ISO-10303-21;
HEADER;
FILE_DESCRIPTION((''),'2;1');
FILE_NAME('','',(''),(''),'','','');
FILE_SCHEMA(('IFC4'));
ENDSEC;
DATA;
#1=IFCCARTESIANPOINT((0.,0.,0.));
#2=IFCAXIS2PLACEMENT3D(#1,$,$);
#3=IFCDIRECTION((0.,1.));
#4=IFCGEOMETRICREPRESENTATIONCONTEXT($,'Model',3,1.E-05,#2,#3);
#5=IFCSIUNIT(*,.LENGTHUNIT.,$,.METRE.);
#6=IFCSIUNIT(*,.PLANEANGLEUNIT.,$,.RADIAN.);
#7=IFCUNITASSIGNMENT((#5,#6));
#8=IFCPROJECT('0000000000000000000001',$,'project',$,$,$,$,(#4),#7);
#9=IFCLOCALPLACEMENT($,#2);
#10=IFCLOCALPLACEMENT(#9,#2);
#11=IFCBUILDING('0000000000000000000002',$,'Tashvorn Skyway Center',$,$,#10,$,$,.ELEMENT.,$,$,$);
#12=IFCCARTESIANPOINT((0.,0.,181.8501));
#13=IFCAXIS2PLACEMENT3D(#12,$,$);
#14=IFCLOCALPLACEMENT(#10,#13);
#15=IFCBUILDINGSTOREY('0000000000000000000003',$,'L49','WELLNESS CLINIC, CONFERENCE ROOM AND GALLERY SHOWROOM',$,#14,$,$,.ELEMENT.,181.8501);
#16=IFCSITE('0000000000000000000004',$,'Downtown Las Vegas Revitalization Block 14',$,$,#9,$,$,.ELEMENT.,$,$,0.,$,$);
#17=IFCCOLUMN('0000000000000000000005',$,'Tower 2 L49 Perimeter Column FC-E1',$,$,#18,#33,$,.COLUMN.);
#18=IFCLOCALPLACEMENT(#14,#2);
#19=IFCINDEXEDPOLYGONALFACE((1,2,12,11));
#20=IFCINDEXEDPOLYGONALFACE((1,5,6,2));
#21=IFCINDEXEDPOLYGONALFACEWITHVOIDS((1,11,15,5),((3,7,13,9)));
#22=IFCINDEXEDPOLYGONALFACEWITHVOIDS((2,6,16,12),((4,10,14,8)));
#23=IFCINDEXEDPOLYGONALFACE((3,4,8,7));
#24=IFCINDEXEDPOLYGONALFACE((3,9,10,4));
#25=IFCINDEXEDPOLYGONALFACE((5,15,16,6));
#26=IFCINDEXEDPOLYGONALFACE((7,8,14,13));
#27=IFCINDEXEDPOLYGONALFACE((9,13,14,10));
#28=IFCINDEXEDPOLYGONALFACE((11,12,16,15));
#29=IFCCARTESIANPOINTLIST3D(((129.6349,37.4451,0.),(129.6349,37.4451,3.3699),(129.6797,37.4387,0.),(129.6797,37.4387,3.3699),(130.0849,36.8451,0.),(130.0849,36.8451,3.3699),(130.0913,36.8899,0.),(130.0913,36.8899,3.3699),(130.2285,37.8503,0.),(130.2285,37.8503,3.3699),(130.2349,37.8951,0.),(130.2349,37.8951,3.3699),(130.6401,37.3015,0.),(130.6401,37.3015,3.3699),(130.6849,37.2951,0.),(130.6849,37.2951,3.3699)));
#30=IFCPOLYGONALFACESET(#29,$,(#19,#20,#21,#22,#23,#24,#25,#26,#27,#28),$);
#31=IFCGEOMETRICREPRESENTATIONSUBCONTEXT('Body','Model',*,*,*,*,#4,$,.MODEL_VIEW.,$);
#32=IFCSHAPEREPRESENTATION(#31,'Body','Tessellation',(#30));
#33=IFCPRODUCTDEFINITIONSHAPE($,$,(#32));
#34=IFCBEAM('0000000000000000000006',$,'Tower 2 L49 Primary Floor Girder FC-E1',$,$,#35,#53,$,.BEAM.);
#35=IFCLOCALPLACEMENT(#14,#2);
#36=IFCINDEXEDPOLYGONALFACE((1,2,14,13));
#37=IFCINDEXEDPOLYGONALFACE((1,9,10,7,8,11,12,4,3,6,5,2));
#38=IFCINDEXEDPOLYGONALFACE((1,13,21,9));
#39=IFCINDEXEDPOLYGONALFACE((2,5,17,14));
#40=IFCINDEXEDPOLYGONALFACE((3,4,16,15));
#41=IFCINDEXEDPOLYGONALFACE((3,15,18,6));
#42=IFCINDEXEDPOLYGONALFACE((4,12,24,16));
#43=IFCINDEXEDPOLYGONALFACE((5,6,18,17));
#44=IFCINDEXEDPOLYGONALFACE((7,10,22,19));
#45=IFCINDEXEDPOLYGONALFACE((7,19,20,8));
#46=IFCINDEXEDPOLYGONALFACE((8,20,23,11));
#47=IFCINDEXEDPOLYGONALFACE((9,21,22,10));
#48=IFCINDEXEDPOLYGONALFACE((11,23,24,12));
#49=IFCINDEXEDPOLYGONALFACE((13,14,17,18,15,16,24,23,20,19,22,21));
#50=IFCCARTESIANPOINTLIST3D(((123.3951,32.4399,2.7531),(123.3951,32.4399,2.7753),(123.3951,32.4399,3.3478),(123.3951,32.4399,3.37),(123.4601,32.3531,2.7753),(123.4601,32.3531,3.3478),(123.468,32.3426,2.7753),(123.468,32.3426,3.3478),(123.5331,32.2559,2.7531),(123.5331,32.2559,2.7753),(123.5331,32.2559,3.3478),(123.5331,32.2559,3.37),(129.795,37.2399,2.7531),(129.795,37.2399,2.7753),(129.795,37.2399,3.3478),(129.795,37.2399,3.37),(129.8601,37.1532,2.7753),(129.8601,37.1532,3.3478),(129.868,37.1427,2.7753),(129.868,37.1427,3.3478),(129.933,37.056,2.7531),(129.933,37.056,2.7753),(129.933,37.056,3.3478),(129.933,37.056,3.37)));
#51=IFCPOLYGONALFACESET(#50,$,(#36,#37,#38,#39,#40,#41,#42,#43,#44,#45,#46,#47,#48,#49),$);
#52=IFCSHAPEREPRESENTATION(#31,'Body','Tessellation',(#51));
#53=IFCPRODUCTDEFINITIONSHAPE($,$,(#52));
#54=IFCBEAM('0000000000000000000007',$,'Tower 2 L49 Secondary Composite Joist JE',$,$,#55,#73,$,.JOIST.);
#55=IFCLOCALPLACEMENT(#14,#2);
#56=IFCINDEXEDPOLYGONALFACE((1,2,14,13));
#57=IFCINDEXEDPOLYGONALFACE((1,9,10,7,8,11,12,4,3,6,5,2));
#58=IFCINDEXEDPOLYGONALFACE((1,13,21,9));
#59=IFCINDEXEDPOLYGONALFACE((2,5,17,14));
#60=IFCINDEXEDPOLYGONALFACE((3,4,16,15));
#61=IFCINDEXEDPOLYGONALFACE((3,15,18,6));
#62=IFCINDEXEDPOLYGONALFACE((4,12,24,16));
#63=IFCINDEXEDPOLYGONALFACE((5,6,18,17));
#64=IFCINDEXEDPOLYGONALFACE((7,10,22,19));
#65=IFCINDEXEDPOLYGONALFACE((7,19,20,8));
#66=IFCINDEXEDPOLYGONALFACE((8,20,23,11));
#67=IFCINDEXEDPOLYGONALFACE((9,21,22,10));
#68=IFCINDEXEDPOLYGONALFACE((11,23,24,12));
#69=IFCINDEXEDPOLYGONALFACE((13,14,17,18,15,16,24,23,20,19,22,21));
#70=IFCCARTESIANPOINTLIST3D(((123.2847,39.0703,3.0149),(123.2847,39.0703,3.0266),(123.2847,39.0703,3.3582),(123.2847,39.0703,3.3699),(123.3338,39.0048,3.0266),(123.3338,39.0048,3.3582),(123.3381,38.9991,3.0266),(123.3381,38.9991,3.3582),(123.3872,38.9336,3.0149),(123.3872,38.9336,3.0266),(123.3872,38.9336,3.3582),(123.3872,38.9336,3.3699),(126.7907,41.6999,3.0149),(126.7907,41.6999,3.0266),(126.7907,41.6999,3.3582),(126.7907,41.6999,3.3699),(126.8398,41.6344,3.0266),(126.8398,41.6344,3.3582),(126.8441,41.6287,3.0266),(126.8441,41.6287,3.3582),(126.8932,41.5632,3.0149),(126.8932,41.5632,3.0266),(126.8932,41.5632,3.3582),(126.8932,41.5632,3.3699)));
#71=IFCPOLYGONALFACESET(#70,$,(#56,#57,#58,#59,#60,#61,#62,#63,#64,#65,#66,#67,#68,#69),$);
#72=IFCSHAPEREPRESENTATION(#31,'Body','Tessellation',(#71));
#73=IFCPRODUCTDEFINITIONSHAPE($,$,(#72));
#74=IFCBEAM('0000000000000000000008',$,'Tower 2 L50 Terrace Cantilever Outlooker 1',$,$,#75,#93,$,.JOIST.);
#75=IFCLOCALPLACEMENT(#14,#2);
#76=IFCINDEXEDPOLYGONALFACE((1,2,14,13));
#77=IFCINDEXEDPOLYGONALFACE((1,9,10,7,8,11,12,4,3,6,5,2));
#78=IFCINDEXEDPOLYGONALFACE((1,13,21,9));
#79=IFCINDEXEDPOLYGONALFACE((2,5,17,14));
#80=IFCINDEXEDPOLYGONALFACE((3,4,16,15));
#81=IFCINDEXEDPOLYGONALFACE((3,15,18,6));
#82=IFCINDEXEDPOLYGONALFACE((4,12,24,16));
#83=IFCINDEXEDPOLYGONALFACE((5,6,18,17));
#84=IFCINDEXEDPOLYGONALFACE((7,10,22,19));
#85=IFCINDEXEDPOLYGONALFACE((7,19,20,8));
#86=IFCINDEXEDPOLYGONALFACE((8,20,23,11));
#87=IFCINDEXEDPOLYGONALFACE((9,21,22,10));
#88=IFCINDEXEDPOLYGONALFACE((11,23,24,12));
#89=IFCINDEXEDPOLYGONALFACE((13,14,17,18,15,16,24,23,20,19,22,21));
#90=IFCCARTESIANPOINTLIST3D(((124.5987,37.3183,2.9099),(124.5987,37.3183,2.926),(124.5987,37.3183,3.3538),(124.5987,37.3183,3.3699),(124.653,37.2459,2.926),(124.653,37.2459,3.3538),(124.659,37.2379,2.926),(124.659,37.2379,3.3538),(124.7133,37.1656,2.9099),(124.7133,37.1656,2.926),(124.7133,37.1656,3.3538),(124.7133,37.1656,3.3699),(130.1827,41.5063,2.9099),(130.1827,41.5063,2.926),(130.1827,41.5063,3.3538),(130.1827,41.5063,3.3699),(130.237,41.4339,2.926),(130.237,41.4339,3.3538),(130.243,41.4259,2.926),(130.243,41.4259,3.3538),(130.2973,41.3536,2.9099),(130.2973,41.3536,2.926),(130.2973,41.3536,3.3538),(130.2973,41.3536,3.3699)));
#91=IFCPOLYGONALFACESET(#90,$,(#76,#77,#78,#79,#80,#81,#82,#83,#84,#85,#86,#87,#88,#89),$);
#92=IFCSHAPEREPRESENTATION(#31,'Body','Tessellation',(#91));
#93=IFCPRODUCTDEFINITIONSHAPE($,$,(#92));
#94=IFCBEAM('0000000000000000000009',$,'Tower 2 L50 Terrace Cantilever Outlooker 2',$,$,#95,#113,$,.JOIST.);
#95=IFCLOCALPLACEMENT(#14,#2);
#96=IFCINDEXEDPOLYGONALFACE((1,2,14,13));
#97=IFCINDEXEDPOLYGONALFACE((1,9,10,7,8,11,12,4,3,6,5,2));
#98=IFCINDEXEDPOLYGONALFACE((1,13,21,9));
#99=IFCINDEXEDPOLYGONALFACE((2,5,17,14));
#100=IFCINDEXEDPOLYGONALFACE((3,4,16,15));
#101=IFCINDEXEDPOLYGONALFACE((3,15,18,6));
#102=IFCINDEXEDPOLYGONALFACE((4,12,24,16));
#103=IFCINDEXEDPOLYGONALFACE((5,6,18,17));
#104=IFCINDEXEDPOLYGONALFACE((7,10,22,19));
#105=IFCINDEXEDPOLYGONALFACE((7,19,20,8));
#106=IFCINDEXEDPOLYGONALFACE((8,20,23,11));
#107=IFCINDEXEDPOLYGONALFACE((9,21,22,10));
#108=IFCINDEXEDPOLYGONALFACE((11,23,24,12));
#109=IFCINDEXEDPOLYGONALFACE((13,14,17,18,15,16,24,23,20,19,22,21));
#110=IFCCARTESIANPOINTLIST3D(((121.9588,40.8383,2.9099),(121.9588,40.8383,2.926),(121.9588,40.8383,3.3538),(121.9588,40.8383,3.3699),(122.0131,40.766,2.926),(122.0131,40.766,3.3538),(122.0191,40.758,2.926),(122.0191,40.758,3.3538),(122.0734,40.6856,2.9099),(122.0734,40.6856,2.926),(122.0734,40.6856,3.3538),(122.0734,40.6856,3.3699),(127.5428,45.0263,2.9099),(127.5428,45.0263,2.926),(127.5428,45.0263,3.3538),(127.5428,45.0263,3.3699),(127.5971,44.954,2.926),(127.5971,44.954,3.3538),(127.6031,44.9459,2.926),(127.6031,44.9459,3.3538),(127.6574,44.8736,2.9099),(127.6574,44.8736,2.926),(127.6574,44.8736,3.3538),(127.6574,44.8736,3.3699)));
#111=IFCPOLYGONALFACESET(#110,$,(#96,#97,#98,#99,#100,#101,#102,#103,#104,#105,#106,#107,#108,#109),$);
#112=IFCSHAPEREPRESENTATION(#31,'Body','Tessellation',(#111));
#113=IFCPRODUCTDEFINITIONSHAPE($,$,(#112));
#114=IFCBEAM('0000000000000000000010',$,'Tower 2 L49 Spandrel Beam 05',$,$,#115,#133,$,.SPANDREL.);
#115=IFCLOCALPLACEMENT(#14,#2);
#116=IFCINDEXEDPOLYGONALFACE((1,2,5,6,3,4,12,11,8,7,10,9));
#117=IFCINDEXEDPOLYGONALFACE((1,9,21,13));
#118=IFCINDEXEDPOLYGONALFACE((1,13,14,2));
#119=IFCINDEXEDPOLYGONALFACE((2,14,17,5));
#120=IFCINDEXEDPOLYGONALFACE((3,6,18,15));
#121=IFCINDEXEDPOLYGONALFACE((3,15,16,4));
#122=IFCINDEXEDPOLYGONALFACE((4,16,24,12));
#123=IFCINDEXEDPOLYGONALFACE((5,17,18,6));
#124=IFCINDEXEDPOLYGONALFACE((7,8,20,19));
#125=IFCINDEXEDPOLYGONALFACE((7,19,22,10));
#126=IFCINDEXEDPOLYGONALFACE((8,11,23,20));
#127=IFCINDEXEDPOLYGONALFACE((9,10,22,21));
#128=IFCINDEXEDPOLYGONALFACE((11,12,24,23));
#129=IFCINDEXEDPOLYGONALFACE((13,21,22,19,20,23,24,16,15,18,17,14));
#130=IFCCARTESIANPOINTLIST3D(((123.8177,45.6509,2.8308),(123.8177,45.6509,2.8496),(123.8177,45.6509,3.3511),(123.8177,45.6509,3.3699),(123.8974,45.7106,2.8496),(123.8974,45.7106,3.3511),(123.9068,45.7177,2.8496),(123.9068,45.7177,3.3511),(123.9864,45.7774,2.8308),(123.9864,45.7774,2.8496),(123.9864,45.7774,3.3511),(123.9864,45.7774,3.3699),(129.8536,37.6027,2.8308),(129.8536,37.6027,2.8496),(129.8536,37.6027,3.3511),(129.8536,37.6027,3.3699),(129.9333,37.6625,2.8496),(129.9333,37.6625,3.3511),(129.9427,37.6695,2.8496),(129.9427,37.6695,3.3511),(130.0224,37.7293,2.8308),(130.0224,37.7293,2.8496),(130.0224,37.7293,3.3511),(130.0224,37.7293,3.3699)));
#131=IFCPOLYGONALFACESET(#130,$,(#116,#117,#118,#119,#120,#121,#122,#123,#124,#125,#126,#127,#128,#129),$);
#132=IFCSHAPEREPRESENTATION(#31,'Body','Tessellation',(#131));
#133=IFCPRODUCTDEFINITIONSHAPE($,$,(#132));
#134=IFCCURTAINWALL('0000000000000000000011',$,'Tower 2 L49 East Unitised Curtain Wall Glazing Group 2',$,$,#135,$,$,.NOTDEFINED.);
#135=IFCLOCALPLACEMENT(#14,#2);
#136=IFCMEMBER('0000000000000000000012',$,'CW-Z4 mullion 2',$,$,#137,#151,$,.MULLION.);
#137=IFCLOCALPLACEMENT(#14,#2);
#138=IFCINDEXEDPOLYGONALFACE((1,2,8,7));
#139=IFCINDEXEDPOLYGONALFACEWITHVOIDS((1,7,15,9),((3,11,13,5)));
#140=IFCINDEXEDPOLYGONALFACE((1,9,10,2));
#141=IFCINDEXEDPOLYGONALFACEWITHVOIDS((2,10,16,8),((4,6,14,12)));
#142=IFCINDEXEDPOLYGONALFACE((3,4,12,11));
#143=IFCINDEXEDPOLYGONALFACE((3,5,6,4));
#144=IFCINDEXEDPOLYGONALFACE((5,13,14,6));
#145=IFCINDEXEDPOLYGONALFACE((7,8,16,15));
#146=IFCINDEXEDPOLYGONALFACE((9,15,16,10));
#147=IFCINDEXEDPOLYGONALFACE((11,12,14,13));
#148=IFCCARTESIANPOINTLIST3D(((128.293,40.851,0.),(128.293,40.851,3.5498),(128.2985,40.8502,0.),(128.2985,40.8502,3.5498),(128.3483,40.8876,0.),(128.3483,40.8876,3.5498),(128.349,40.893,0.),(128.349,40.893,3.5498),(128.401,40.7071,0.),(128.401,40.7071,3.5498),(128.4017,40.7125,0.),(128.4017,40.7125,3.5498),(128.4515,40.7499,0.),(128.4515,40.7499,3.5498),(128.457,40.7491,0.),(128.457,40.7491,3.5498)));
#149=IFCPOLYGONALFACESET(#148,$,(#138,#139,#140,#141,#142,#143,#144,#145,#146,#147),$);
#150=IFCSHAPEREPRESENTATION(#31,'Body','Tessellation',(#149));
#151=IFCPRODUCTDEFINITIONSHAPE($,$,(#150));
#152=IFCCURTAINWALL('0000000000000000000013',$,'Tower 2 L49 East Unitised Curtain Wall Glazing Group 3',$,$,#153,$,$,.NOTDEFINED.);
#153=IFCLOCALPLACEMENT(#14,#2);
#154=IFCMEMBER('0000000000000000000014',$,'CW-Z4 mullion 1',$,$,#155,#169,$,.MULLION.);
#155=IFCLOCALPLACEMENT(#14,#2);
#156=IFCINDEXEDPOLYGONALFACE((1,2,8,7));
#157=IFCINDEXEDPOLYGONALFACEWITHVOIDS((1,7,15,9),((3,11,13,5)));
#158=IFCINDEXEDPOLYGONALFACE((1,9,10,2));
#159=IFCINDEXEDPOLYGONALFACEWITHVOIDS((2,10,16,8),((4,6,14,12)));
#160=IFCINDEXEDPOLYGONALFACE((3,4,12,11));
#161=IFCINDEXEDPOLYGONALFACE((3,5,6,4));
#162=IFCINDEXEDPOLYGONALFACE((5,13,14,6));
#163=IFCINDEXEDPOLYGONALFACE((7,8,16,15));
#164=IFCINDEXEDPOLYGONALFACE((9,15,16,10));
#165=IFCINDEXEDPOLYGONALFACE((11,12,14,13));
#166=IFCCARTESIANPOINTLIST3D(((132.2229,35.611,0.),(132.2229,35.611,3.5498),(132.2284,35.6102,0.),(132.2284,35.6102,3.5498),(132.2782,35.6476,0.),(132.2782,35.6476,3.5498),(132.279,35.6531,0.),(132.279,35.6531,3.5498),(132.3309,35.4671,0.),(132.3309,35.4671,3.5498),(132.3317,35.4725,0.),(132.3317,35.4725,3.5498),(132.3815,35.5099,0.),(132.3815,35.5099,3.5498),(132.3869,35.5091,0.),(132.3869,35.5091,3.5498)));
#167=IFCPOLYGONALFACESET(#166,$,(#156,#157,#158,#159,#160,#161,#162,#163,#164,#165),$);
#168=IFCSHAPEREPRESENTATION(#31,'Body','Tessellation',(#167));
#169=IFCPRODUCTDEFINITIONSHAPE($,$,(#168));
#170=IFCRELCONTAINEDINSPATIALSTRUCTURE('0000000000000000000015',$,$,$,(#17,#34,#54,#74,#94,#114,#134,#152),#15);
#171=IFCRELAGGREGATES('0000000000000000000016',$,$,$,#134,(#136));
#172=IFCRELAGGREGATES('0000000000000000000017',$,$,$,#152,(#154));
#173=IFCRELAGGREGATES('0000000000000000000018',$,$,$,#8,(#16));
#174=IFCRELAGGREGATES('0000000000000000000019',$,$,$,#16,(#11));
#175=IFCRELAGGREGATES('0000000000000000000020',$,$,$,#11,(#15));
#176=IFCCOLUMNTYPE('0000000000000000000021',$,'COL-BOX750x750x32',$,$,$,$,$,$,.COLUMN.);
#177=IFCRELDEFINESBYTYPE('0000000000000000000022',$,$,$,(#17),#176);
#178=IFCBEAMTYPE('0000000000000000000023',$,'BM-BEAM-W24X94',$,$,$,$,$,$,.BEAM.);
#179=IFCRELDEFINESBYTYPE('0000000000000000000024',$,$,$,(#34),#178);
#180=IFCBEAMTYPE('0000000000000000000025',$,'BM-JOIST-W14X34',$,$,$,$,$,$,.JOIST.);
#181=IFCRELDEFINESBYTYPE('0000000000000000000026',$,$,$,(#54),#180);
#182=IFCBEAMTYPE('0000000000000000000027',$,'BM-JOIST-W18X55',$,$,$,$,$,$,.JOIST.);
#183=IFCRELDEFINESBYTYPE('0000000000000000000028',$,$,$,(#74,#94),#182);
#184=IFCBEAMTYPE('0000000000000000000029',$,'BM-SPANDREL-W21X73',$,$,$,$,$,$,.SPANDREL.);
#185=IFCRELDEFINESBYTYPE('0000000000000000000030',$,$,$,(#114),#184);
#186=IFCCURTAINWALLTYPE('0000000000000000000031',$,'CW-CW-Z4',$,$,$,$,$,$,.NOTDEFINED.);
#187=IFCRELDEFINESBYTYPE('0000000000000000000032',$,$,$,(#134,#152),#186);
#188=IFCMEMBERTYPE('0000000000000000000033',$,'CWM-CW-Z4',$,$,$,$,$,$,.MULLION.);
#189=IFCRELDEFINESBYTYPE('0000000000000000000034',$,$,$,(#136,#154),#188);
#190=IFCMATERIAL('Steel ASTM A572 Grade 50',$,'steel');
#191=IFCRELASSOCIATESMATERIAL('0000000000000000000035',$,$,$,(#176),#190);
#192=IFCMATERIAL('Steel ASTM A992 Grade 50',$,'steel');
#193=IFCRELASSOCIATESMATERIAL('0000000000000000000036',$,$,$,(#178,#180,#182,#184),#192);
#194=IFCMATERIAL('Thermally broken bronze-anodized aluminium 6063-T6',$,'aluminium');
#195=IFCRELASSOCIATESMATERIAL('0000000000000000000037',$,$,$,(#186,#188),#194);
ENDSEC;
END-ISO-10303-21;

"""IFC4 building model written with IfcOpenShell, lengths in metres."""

from ifc_helpers import new_model, si_unit, direction, frame, origin, origin_2d, place, context, subcontext, project, spatial, hollow_rectangle, i_section, extrude, material, material_profile, profile_set, type_object, element, aggregate, save


model = new_model("IFC4")

# Units and contexts
model_context = context("Model", 3, precision=1e-05, world=origin(), true_north=direction((0.0, 1.0)))
body_context = subcontext(model_context, "Body", "Model", "MODEL_VIEW")
ifc_project = project(units=[si_unit("LENGTHUNIT", "METRE"), si_unit("PLANEANGLEUNIT", "RADIAN")], contexts=[model_context])

# Site, building, storey
site_placement = place(None, origin())
site = spatial("IfcSite", under=ifc_project, at=site_placement, Name="Downtown Las Vegas Revitalization Block 14", CompositionType="ELEMENT", RefElevation=0.0)
building_placement = place(site_placement, origin())
building = spatial("IfcBuilding", under=site, at=building_placement, Name="Tashvorn Skyway Center", CompositionType="ELEMENT")
storey_placement = place(building_placement, frame((0.0, 0.0, 181.8501)))
storey = spatial("IfcBuildingStorey", under=building, at=storey_placement, Name="L49", Description="WELLNESS CLINIC, CONFERENCE ROOM AND GALLERY SHOWROOM", CompositionType="ELEMENT", Elevation=181.8501)

# Column
ifc_material_1 = material(Name="Steel ASTM A572 Grade 50", Category="steel")
ifc_material_profile_1 = material_profile(ifc_material_1, hollow_rectangle(XDim=0.75, YDim=0.75, WallThickness=0.032, at=origin_2d()), Name="BOX750x750x32")
ifc_profile_set_1 = profile_set([ifc_material_profile_1], Name="Steel ASTM A572 Grade 50")
column_type = type_object("IfcColumnType", Name="COL-BOX750x750x32", PredefinedType="COLUMN", material=ifc_profile_set_1)
column_placement = place(storey_placement, frame((130.1599, 37.3701, 0.0), z_axis=(0.0, 0.0, 1.0), x_axis=(0.8, 0.6, 0.0)))
element("IfcColumn", 1, at=column_placement, inside=storey, type_object=column_type, Name="Tower 2 L49 Perimeter Column FC-E1", PredefinedType="COLUMN", context=body_context, shape_type="SweptSolid", body=[
    extrude(hollow_rectangle(XDim=0.75, YDim=0.75, WallThickness=0.032, at=origin_2d()), origin(), (0.0, 0.0, 1.0), 3.3699),
])

# Beams
ifc_material_2 = material(Name="Steel ASTM A992 Grade 50", Category="steel")
ifc_material_profile_2 = material_profile(ifc_material_2, i_section(OverallWidth=0.23, OverallDepth=0.6169, WebThickness=0.0132, FlangeThickness=0.0222, at=origin_2d()), Name="W24X94")
ifc_profile_set_2 = profile_set([ifc_material_profile_2], Name="Steel ASTM A992 Grade 50")
beam_type_1 = type_object("IfcBeamType", Name="BM-BEAM-W24X94", PredefinedType="BEAM", material=ifc_profile_set_2)
beam_1_placement = place(storey_placement, frame((129.864, 37.1479, 3.0615), z_axis=(-0.799993, -0.60001, 0.0), x_axis=(0.60001, -0.799993, 0.0)))
element("IfcBeam", 2, at=beam_1_placement, inside=storey, type_object=beam_type_1, Name="Tower 2 L49 Primary Floor Girder FC-E1", PredefinedType="BEAM", context=body_context, shape_type="SweptSolid", body=[
    extrude(i_section(OverallWidth=0.23, OverallDepth=0.6169, WebThickness=0.0132, FlangeThickness=0.0222, at=origin_2d()), origin(), (0.0, 0.0, 1.0), 8.0),
])
ifc_material_profile_3 = material_profile(ifc_material_2, i_section(OverallWidth=0.1709, OverallDepth=0.355, WebThickness=0.0071, FlangeThickness=0.0117, at=origin_2d()), Name="W14X34")
ifc_profile_set_3 = profile_set([ifc_material_profile_3], Name="Steel ASTM A992 Grade 50")
beam_type_2 = type_object("IfcBeamType", Name="BM-JOIST-W14X34", PredefinedType="JOIST", material=ifc_profile_set_3)
beam_2_placement = place(storey_placement, frame((123.3359, 39.002, 3.1924), z_axis=(0.799993, 0.600009, 0.0), x_axis=(-0.600009, 0.799993, 0.0)))
element("IfcBeam", 3, at=beam_2_placement, inside=storey, type_object=beam_type_2, Name="Tower 2 L49 Secondary Composite Joist JE", PredefinedType="JOIST", context=body_context, shape_type="SweptSolid", body=[
    extrude(i_section(OverallWidth=0.1709, OverallDepth=0.355, WebThickness=0.0071, FlangeThickness=0.0117, at=origin_2d()), origin(), (0.0, 0.0, 1.0), 4.3826),
])
ifc_material_profile_4 = material_profile(ifc_material_2, i_section(OverallWidth=0.1909, OverallDepth=0.46, WebThickness=0.01, FlangeThickness=0.0161, at=origin_2d()), Name="W18X55")
ifc_profile_set_4 = profile_set([ifc_material_profile_4], Name="Steel ASTM A992 Grade 50")
beam_type_3 = type_object("IfcBeamType", Name="BM-JOIST-W18X55", PredefinedType="JOIST", material=ifc_profile_set_4)
for number, where, z_axis, x_axis, name in (
    (4, (124.656, 37.2419, 3.1399), (0.8, 0.6, 0.0), (-0.6, 0.8, 0.0), "Tower 2 L50 Terrace Cantilever Outlooker 1"),
    (5, (122.0161, 40.762, 3.1399), (0.8, 0.6, 0.0), (-0.6, 0.8, 0.0), "Tower 2 L50 Terrace Cantilever Outlooker 2"),
):
    element("IfcBeam", number, at=place(storey_placement, frame(where, z_axis=z_axis, x_axis=x_axis)), inside=storey, type_object=beam_type_3, Name=name, PredefinedType="JOIST", context=body_context, shape_type="SweptSolid", body=[
        extrude(i_section(OverallWidth=0.1909, OverallDepth=0.46, WebThickness=0.01, FlangeThickness=0.0161, at=origin_2d()), origin(), (0.0, 0.0, 1.0), 6.98),
    ])
ifc_material_profile_5 = material_profile(ifc_material_2, i_section(OverallWidth=0.2109, OverallDepth=0.5391, WebThickness=0.0117, FlangeThickness=0.0188, at=origin_2d()), Name="W21X73")
ifc_profile_set_5 = profile_set([ifc_material_profile_5], Name="Steel ASTM A992 Grade 50")
beam_type_4 = type_object("IfcBeamType", Name="BM-SPANDREL-W21X73", PredefinedType="SPANDREL", material=ifc_profile_set_5)
beam_3_placement = place(storey_placement, frame((129.938, 37.666, 3.1003), z_axis=(-0.599988, 0.800009, 0.0), x_axis=(-0.800009, -0.599988, 0.0)))
element("IfcBeam", 6, at=beam_3_placement, inside=storey, type_object=beam_type_4, Name="Tower 2 L49 Spandrel Beam 05", PredefinedType="SPANDREL", context=body_context, shape_type="SweptSolid", body=[
    extrude(i_section(OverallWidth=0.2109, OverallDepth=0.5391, WebThickness=0.0117, FlangeThickness=0.0188, at=origin_2d()), origin(), (0.0, 0.0, 1.0), 10.0601),
])

# Curtain wall, member
ifc_material_3 = material(Name="Thermally broken bronze-anodized aluminium 6063-T6", Category="aluminium")
curtain_wall_type = type_object("IfcCurtainWallType", Name="CW-CW-Z4", PredefinedType="NOTDEFINED", material=ifc_material_3)
curtain_wall_1_placement = place(storey_placement, origin())
curtain_wall_1 = element("IfcCurtainWall", 7, at=curtain_wall_1_placement, inside=storey, type_object=curtain_wall_type, Name="Tower 2 L49 East Unitised Curtain Wall Glazing Group 2", PredefinedType="NOTDEFINED")
ifc_material_profile_6 = material_profile(ifc_material_3, hollow_rectangle(XDim=0.0701, YDim=0.1799, WallThickness=0.0039, at=origin_2d()), Name="ALU-MULL-70x180")
ifc_profile_set_6 = profile_set([ifc_material_profile_6], Name="Thermally broken bronze-anodized aluminium 6063-T6")
member_type_1 = type_object("IfcMemberType", Name="CWM-CW-Z4", PredefinedType="MULLION", material=ifc_profile_set_6)
member_1_placement = place(storey_placement, frame((128.375, 40.8, 0.0), z_axis=(0.0, 0.0, 1.0), x_axis=(0.8, 0.6, 0.0)))
member_1 = element("IfcMember", 8, at=member_1_placement, type_object=member_type_1, Name="CW-Z4 mullion 2", PredefinedType="MULLION", context=body_context, shape_type="SweptSolid", body=[
    extrude(hollow_rectangle(XDim=0.0701, YDim=0.1799, WallThickness=0.0039, at=origin_2d()), origin(), (0.0, 0.0, 1.0), 3.5498),
])
aggregate(curtain_wall_1, [member_1])

# Curtain wall, member
curtain_wall_2_placement = place(storey_placement, origin())
curtain_wall_2 = element("IfcCurtainWall", 9, at=curtain_wall_2_placement, inside=storey, type_object=curtain_wall_type, Name="Tower 2 L49 East Unitised Curtain Wall Glazing Group 3", PredefinedType="NOTDEFINED")
member_2_placement = place(storey_placement, frame((132.3049, 35.5601, 0.0), z_axis=(0.0, 0.0, 1.0), x_axis=(0.8, 0.6, 0.0)))
member_2 = element("IfcMember", 10, at=member_2_placement, type_object=member_type_1, Name="CW-Z4 mullion 1", PredefinedType="MULLION", context=body_context, shape_type="SweptSolid", body=[
    extrude(hollow_rectangle(XDim=0.0701, YDim=0.1799, WallThickness=0.0039, at=origin_2d()), origin(), (0.0, 0.0, 1.0), 3.5498),
])
aggregate(curtain_wall_2, [member_2])

save(model, "model.ifc")
